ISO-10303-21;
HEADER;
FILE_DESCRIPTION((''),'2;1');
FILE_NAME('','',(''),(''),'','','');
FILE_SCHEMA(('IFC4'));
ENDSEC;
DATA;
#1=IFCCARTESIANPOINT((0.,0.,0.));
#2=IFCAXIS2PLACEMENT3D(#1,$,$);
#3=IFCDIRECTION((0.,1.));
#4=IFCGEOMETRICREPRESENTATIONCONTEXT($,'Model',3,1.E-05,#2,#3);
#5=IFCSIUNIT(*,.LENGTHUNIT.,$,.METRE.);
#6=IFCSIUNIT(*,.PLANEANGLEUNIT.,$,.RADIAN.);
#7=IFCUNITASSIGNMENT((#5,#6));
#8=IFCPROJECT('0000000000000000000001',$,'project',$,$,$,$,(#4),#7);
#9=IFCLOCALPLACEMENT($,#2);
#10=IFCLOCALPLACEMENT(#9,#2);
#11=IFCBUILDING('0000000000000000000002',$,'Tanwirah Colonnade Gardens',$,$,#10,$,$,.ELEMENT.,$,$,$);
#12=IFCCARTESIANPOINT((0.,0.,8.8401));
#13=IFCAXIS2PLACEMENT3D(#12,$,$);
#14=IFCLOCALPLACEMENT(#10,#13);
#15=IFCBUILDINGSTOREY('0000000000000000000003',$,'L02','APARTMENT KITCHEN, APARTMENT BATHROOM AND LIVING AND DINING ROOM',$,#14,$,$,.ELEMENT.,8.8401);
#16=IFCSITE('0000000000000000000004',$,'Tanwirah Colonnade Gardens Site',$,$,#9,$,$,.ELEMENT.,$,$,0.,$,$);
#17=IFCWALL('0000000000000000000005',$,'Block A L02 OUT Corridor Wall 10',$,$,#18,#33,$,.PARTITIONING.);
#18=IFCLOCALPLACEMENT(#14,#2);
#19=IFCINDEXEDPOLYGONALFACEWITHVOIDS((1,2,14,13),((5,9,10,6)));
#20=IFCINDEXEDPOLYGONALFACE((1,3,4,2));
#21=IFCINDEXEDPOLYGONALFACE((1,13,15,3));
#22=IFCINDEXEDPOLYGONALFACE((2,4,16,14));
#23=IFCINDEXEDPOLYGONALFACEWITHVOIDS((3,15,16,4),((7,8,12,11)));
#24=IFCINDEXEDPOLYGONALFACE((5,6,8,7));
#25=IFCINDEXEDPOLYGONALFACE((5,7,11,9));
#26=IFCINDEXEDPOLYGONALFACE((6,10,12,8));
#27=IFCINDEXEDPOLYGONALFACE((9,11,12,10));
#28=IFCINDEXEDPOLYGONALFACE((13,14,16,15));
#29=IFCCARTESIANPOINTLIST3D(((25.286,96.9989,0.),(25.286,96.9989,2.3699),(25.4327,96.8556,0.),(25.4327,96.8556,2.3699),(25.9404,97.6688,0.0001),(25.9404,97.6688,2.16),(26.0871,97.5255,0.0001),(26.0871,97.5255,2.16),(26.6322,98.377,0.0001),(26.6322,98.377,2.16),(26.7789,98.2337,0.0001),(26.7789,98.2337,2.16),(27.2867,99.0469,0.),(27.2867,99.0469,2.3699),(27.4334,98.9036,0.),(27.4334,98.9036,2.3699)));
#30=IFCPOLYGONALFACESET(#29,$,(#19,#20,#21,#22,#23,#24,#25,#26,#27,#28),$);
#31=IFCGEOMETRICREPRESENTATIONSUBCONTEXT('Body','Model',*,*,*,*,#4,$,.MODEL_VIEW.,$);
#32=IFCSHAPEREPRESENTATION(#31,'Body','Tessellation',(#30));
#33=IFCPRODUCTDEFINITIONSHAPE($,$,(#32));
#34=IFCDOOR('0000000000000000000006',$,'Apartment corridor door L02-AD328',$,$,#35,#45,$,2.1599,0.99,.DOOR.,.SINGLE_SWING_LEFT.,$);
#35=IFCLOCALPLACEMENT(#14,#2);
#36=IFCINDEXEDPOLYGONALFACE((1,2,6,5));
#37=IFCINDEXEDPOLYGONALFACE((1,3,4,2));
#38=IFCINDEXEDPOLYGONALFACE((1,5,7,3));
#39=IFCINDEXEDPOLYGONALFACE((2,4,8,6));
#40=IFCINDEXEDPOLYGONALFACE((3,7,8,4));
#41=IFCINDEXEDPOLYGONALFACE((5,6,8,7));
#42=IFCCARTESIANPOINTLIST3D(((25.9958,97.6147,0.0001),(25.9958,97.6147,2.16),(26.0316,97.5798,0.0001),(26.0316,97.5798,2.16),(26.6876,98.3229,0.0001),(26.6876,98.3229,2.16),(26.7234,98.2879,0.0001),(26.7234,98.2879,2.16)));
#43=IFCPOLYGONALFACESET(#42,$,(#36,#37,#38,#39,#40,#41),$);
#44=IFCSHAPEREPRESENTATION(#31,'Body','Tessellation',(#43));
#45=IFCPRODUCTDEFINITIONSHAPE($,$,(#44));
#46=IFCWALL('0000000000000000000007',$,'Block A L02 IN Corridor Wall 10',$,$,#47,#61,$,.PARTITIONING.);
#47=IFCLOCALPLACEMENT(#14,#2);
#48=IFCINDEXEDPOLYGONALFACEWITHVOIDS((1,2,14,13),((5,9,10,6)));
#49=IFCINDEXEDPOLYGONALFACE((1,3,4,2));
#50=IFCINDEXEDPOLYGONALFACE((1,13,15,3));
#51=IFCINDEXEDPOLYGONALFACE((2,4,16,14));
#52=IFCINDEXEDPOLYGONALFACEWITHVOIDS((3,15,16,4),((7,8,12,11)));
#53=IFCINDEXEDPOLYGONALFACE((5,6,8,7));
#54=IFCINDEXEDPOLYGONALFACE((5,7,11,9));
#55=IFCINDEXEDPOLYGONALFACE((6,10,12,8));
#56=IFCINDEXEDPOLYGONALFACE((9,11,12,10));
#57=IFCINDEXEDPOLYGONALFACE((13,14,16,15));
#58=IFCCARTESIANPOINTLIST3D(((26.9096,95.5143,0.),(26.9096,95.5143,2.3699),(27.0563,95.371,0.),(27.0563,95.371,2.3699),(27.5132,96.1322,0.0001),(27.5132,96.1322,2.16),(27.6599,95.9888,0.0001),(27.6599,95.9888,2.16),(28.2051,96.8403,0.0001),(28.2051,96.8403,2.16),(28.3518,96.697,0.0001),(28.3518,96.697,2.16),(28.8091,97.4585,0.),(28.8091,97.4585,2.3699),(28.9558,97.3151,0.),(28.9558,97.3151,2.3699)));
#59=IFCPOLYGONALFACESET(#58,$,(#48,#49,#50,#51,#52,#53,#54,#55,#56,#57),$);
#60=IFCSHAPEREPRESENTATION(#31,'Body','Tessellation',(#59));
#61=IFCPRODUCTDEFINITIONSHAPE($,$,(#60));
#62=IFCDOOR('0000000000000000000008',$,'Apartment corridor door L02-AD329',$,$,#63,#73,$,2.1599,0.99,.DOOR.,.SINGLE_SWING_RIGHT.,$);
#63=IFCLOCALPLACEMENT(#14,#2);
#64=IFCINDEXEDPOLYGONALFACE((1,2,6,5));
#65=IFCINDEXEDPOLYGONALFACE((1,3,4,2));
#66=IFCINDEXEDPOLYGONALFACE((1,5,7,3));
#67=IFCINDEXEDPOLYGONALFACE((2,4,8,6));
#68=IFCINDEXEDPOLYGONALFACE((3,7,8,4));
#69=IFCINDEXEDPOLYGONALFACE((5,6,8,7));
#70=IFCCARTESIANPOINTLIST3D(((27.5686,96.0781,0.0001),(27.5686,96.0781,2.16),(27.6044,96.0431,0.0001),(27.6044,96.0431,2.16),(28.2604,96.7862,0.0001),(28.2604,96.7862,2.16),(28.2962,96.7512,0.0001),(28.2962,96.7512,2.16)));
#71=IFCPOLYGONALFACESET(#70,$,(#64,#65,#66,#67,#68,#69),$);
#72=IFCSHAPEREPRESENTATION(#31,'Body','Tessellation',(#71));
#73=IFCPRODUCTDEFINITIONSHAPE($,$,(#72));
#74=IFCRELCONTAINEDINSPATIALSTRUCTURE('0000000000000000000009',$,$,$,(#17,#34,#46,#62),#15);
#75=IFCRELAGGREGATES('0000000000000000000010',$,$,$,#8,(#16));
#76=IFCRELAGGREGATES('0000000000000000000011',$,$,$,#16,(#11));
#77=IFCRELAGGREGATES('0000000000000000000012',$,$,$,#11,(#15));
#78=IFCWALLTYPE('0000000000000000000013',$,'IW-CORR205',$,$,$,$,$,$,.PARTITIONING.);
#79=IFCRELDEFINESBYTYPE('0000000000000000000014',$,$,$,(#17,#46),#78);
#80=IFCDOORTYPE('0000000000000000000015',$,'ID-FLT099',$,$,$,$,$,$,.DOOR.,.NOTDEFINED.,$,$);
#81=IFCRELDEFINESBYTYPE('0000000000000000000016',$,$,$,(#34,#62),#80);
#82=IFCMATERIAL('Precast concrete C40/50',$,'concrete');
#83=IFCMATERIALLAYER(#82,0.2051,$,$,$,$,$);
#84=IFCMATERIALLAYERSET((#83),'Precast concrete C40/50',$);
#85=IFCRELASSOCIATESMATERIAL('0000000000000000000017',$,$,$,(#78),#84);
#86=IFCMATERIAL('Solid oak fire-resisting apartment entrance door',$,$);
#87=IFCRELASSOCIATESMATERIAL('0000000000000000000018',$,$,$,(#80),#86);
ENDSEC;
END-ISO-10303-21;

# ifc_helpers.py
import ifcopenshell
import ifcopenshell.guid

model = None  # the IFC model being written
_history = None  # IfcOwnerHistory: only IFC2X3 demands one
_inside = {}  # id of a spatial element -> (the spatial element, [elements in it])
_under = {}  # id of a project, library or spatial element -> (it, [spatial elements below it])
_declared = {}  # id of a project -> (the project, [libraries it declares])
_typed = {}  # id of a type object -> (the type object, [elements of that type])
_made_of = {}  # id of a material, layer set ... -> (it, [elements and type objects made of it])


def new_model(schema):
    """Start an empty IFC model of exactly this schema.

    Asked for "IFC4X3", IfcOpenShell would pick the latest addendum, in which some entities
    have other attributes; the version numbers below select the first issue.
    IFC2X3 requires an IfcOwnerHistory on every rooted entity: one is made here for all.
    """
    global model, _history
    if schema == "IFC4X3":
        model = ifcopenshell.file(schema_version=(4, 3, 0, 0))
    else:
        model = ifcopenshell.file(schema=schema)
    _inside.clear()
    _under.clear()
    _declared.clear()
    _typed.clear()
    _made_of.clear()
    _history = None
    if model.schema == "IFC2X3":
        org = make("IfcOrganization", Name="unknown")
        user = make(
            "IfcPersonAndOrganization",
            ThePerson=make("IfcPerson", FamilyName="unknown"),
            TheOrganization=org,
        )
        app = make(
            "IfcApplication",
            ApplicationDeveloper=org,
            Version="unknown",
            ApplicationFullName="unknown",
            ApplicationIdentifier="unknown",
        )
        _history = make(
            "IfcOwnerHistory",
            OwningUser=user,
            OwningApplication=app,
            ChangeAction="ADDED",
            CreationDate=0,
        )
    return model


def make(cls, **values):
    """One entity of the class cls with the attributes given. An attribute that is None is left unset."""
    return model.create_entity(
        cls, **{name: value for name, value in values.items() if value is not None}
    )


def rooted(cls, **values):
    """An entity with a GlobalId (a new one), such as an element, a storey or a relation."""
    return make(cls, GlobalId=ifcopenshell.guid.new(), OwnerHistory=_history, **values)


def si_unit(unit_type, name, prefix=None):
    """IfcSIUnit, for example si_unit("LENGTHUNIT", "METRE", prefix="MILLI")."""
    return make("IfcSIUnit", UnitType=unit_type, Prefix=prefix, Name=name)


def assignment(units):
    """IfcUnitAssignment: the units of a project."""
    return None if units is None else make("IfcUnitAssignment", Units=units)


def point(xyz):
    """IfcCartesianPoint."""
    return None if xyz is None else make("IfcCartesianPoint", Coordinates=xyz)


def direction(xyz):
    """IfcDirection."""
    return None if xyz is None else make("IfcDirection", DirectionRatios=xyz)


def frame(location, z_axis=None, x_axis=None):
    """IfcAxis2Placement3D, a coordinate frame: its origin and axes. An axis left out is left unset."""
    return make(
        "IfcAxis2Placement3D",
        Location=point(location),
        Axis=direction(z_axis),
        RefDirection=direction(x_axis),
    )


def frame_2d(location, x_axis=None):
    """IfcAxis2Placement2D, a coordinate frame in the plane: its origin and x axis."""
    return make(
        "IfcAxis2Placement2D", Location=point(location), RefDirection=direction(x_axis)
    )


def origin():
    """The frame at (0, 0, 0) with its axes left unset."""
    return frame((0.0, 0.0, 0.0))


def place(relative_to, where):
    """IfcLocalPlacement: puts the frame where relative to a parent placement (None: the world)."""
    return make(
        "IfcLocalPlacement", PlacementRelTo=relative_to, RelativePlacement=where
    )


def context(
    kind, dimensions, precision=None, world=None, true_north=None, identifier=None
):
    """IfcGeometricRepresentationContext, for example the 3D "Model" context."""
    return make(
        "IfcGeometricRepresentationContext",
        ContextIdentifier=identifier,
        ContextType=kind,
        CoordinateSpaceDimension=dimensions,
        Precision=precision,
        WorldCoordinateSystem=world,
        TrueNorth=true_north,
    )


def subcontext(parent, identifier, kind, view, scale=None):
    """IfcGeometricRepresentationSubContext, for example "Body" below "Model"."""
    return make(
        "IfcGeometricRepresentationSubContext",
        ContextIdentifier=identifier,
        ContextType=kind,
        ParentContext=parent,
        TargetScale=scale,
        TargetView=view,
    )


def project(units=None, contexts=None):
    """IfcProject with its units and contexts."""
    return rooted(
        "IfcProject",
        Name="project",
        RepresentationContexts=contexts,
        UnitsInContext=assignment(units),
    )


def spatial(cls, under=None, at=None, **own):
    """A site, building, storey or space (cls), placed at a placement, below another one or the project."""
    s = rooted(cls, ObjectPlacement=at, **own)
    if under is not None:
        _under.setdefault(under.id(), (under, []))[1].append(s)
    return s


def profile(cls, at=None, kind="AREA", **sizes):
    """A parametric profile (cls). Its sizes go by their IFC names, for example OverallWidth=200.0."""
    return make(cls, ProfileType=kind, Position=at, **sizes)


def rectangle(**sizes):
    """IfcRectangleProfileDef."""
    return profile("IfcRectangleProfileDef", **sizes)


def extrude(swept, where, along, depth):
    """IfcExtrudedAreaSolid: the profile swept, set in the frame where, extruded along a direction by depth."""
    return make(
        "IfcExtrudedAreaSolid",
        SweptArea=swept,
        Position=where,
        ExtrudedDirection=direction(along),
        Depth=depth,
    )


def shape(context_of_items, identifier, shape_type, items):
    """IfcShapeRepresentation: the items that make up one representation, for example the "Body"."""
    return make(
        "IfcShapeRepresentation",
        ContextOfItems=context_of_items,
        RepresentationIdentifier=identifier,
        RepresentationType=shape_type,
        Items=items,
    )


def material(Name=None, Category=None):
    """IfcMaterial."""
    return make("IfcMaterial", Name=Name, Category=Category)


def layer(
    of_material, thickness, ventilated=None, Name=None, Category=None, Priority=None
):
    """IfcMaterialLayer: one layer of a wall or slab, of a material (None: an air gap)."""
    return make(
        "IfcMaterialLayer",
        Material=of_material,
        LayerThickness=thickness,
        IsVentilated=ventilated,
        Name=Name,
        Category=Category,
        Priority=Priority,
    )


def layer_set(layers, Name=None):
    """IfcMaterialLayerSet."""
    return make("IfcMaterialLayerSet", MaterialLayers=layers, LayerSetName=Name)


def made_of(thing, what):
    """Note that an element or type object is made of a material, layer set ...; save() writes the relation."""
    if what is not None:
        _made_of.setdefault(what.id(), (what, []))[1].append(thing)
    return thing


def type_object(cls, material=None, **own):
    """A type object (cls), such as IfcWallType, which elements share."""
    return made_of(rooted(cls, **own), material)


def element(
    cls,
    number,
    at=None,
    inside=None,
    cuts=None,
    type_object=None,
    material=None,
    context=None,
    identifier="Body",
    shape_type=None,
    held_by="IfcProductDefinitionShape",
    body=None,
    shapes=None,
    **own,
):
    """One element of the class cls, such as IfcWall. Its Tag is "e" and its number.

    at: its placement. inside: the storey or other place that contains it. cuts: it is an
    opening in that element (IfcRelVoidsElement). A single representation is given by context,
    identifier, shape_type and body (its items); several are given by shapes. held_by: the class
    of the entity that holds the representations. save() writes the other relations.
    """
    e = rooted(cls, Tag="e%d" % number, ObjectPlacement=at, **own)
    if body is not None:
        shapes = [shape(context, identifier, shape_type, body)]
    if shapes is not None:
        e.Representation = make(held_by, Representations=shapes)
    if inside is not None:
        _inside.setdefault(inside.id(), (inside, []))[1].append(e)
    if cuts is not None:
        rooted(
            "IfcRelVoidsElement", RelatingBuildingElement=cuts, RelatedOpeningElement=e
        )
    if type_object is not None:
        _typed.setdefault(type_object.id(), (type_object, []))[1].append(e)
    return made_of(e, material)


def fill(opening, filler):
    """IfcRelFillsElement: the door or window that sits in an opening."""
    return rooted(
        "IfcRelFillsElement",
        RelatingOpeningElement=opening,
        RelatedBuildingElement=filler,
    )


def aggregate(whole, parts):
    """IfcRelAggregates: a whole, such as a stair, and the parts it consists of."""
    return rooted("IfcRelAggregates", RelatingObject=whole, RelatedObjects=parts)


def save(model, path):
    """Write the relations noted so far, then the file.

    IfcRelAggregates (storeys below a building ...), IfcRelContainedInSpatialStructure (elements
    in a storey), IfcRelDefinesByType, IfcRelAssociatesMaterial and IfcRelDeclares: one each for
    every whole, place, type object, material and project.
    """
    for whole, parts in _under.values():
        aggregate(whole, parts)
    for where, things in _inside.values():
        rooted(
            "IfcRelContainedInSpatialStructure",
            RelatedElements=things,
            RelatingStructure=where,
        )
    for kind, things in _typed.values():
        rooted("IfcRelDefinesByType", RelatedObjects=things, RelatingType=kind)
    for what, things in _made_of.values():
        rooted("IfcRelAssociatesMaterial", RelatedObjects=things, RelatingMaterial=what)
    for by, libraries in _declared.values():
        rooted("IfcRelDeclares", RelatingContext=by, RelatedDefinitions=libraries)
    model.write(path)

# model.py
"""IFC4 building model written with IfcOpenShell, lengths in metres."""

from ifc_helpers import new_model, si_unit, direction, frame, frame_2d, origin, place, context, subcontext, project, spatial, rectangle, extrude, material, layer, layer_set, type_object, element, fill, save


model = new_model("IFC4")

# Units and contexts
model_context = context("Model", 3, precision=1e-05, world=origin(), true_north=direction((0.0, 1.0)))
body_context = subcontext(model_context, "Body", "Model", "MODEL_VIEW")
ifc_project = project(units=[si_unit("LENGTHUNIT", "METRE"), si_unit("PLANEANGLEUNIT", "RADIAN")], contexts=[model_context])

# Site, building, storey
site_placement = place(None, origin())
site = spatial("IfcSite", under=ifc_project, at=site_placement, Name="Tanwirah Colonnade Gardens Site", CompositionType="ELEMENT", RefElevation=0.0)
building_placement = place(site_placement, origin())
building = spatial("IfcBuilding", under=site, at=building_placement, Name="Tanwirah Colonnade Gardens", CompositionType="ELEMENT")
storey_placement = place(building_placement, frame((0.0, 0.0, 8.8401)))
storey = spatial("IfcBuildingStorey", under=building, at=storey_placement, Name="L02", Description="APARTMENT KITCHEN, APARTMENT BATHROOM AND LIVING AND DINING ROOM", CompositionType="ELEMENT", Elevation=8.8401)

# Shared definitions
ifc_material_1 = material(Name="Precast concrete C40/50", Category="concrete")

# Walls, openings, doors
ifc_layer = layer(ifc_material_1, 0.2051)
ifc_layer_set = layer_set([ifc_layer], Name="Precast concrete C40/50")
wall_type = type_object("IfcWallType", Name="IW-CORR205", PredefinedType="PARTITIONING", material=ifc_layer_set)
ifc_material_2 = material(Name="Solid oak fire-resisting apartment entrance door")
wall_1_placement = place(storey_placement, frame((27.3601, 98.9753, 0.0), z_axis=(0.0, 0.0, 1.0), x_axis=(-0.698787, -0.71533, 0.0)))
wall_1 = element("IfcWall", 1, at=wall_1_placement, inside=storey, type_object=wall_type, Name="Block A L02 OUT Corridor Wall 10", PredefinedType="PARTITIONING", context=body_context, shape_type="SweptSolid", body=[
    extrude(rectangle(XDim=2.863, YDim=0.2051, at=frame_2d((1.4316, 0.0))), origin(), (0.0, 0.0, 1.0), 2.3699),
])
opening_1_placement = place(wall_1_placement, frame((0.9365, 0.0, 0.0)))
opening_1 = element("IfcOpeningElement", 2, at=opening_1_placement, cuts=wall_1, PredefinedType="OPENING", context=body_context, shape_type="SweptSolid", body=[
    extrude(rectangle(XDim=0.99, YDim=2.1599, at=frame_2d((0.4951, 1.0801))), frame((0.0, 0.1125, 0.0), z_axis=(0.0, -1.0, 0.0), x_axis=(1.0, 0.0, 0.0)), (0.0, 0.0, 1.0), 0.2251),
])
door_type_1 = type_object("IfcDoorType", Name="ID-FLT099", OperationType="NOTDEFINED", PredefinedType="DOOR", material=ifc_material_2)
door_1_placement = place(opening_1_placement, origin())
door_1 = element("IfcDoor", 3, at=door_1_placement, inside=storey, type_object=door_type_1, Name="Apartment corridor door L02-AD328", OperationType="SINGLE_SWING_LEFT", OverallHeight=2.1599, OverallWidth=0.99, PredefinedType="DOOR", context=body_context, shape_type="SweptSolid", body=[
    extrude(rectangle(XDim=0.99, YDim=2.1599, at=frame_2d((0.4951, 1.0801))), frame((0.0, 0.0249, 0.0), z_axis=(0.0, -1.0, 0.0), x_axis=(1.0, 0.0, 0.0)), (0.0, 0.0, 1.0), 0.05),
])
fill(opening_1, door_1)
wall_2_placement = place(storey_placement, frame((28.8823, 97.3867, 0.0), z_axis=(0.0, 0.0, 1.0), x_axis=(-0.69884, -0.715278, 0.0)))
wall_2 = element("IfcWall", 4, at=wall_2_placement, inside=storey, type_object=wall_type, Name="Block A L02 IN Corridor Wall 10", PredefinedType="PARTITIONING", context=body_context, shape_type="SweptSolid", body=[
    extrude(rectangle(XDim=2.718, YDim=0.2051, at=frame_2d((1.3589, 0.0))), origin(), (0.0, 0.0, 1.0), 2.3699),
])
opening_2_placement = place(wall_2_placement, frame((0.864, 0.0, 0.0)))
opening_2 = element("IfcOpeningElement", 5, at=opening_2_placement, cuts=wall_2, PredefinedType="OPENING", context=body_context, shape_type="SweptSolid", body=[
    extrude(rectangle(XDim=0.99, YDim=2.1599, at=frame_2d((0.4951, 1.0801))), frame((0.0, 0.1125, 0.0), z_axis=(0.0, -1.0, 0.0), x_axis=(1.0, 0.0, 0.0)), (0.0, 0.0, 1.0), 0.2251),
])
door_2_placement = place(opening_2_placement, origin())
door_2 = element("IfcDoor", 6, at=door_2_placement, inside=storey, type_object=door_type_1, Name="Apartment corridor door L02-AD329", OperationType="SINGLE_SWING_RIGHT", OverallHeight=2.1599, OverallWidth=0.99, PredefinedType="DOOR", context=body_context, shape_type="SweptSolid", body=[
    extrude(rectangle(XDim=0.99, YDim=2.1599, at=frame_2d((0.4951, 1.0801))), frame((0.0, 0.0249, 0.0), z_axis=(0.0, -1.0, 0.0), x_axis=(1.0, 0.0, 0.0)), (0.0, 0.0, 1.0), 0.05),
])
fill(opening_2, door_2)

save(model, "model.ifc")
